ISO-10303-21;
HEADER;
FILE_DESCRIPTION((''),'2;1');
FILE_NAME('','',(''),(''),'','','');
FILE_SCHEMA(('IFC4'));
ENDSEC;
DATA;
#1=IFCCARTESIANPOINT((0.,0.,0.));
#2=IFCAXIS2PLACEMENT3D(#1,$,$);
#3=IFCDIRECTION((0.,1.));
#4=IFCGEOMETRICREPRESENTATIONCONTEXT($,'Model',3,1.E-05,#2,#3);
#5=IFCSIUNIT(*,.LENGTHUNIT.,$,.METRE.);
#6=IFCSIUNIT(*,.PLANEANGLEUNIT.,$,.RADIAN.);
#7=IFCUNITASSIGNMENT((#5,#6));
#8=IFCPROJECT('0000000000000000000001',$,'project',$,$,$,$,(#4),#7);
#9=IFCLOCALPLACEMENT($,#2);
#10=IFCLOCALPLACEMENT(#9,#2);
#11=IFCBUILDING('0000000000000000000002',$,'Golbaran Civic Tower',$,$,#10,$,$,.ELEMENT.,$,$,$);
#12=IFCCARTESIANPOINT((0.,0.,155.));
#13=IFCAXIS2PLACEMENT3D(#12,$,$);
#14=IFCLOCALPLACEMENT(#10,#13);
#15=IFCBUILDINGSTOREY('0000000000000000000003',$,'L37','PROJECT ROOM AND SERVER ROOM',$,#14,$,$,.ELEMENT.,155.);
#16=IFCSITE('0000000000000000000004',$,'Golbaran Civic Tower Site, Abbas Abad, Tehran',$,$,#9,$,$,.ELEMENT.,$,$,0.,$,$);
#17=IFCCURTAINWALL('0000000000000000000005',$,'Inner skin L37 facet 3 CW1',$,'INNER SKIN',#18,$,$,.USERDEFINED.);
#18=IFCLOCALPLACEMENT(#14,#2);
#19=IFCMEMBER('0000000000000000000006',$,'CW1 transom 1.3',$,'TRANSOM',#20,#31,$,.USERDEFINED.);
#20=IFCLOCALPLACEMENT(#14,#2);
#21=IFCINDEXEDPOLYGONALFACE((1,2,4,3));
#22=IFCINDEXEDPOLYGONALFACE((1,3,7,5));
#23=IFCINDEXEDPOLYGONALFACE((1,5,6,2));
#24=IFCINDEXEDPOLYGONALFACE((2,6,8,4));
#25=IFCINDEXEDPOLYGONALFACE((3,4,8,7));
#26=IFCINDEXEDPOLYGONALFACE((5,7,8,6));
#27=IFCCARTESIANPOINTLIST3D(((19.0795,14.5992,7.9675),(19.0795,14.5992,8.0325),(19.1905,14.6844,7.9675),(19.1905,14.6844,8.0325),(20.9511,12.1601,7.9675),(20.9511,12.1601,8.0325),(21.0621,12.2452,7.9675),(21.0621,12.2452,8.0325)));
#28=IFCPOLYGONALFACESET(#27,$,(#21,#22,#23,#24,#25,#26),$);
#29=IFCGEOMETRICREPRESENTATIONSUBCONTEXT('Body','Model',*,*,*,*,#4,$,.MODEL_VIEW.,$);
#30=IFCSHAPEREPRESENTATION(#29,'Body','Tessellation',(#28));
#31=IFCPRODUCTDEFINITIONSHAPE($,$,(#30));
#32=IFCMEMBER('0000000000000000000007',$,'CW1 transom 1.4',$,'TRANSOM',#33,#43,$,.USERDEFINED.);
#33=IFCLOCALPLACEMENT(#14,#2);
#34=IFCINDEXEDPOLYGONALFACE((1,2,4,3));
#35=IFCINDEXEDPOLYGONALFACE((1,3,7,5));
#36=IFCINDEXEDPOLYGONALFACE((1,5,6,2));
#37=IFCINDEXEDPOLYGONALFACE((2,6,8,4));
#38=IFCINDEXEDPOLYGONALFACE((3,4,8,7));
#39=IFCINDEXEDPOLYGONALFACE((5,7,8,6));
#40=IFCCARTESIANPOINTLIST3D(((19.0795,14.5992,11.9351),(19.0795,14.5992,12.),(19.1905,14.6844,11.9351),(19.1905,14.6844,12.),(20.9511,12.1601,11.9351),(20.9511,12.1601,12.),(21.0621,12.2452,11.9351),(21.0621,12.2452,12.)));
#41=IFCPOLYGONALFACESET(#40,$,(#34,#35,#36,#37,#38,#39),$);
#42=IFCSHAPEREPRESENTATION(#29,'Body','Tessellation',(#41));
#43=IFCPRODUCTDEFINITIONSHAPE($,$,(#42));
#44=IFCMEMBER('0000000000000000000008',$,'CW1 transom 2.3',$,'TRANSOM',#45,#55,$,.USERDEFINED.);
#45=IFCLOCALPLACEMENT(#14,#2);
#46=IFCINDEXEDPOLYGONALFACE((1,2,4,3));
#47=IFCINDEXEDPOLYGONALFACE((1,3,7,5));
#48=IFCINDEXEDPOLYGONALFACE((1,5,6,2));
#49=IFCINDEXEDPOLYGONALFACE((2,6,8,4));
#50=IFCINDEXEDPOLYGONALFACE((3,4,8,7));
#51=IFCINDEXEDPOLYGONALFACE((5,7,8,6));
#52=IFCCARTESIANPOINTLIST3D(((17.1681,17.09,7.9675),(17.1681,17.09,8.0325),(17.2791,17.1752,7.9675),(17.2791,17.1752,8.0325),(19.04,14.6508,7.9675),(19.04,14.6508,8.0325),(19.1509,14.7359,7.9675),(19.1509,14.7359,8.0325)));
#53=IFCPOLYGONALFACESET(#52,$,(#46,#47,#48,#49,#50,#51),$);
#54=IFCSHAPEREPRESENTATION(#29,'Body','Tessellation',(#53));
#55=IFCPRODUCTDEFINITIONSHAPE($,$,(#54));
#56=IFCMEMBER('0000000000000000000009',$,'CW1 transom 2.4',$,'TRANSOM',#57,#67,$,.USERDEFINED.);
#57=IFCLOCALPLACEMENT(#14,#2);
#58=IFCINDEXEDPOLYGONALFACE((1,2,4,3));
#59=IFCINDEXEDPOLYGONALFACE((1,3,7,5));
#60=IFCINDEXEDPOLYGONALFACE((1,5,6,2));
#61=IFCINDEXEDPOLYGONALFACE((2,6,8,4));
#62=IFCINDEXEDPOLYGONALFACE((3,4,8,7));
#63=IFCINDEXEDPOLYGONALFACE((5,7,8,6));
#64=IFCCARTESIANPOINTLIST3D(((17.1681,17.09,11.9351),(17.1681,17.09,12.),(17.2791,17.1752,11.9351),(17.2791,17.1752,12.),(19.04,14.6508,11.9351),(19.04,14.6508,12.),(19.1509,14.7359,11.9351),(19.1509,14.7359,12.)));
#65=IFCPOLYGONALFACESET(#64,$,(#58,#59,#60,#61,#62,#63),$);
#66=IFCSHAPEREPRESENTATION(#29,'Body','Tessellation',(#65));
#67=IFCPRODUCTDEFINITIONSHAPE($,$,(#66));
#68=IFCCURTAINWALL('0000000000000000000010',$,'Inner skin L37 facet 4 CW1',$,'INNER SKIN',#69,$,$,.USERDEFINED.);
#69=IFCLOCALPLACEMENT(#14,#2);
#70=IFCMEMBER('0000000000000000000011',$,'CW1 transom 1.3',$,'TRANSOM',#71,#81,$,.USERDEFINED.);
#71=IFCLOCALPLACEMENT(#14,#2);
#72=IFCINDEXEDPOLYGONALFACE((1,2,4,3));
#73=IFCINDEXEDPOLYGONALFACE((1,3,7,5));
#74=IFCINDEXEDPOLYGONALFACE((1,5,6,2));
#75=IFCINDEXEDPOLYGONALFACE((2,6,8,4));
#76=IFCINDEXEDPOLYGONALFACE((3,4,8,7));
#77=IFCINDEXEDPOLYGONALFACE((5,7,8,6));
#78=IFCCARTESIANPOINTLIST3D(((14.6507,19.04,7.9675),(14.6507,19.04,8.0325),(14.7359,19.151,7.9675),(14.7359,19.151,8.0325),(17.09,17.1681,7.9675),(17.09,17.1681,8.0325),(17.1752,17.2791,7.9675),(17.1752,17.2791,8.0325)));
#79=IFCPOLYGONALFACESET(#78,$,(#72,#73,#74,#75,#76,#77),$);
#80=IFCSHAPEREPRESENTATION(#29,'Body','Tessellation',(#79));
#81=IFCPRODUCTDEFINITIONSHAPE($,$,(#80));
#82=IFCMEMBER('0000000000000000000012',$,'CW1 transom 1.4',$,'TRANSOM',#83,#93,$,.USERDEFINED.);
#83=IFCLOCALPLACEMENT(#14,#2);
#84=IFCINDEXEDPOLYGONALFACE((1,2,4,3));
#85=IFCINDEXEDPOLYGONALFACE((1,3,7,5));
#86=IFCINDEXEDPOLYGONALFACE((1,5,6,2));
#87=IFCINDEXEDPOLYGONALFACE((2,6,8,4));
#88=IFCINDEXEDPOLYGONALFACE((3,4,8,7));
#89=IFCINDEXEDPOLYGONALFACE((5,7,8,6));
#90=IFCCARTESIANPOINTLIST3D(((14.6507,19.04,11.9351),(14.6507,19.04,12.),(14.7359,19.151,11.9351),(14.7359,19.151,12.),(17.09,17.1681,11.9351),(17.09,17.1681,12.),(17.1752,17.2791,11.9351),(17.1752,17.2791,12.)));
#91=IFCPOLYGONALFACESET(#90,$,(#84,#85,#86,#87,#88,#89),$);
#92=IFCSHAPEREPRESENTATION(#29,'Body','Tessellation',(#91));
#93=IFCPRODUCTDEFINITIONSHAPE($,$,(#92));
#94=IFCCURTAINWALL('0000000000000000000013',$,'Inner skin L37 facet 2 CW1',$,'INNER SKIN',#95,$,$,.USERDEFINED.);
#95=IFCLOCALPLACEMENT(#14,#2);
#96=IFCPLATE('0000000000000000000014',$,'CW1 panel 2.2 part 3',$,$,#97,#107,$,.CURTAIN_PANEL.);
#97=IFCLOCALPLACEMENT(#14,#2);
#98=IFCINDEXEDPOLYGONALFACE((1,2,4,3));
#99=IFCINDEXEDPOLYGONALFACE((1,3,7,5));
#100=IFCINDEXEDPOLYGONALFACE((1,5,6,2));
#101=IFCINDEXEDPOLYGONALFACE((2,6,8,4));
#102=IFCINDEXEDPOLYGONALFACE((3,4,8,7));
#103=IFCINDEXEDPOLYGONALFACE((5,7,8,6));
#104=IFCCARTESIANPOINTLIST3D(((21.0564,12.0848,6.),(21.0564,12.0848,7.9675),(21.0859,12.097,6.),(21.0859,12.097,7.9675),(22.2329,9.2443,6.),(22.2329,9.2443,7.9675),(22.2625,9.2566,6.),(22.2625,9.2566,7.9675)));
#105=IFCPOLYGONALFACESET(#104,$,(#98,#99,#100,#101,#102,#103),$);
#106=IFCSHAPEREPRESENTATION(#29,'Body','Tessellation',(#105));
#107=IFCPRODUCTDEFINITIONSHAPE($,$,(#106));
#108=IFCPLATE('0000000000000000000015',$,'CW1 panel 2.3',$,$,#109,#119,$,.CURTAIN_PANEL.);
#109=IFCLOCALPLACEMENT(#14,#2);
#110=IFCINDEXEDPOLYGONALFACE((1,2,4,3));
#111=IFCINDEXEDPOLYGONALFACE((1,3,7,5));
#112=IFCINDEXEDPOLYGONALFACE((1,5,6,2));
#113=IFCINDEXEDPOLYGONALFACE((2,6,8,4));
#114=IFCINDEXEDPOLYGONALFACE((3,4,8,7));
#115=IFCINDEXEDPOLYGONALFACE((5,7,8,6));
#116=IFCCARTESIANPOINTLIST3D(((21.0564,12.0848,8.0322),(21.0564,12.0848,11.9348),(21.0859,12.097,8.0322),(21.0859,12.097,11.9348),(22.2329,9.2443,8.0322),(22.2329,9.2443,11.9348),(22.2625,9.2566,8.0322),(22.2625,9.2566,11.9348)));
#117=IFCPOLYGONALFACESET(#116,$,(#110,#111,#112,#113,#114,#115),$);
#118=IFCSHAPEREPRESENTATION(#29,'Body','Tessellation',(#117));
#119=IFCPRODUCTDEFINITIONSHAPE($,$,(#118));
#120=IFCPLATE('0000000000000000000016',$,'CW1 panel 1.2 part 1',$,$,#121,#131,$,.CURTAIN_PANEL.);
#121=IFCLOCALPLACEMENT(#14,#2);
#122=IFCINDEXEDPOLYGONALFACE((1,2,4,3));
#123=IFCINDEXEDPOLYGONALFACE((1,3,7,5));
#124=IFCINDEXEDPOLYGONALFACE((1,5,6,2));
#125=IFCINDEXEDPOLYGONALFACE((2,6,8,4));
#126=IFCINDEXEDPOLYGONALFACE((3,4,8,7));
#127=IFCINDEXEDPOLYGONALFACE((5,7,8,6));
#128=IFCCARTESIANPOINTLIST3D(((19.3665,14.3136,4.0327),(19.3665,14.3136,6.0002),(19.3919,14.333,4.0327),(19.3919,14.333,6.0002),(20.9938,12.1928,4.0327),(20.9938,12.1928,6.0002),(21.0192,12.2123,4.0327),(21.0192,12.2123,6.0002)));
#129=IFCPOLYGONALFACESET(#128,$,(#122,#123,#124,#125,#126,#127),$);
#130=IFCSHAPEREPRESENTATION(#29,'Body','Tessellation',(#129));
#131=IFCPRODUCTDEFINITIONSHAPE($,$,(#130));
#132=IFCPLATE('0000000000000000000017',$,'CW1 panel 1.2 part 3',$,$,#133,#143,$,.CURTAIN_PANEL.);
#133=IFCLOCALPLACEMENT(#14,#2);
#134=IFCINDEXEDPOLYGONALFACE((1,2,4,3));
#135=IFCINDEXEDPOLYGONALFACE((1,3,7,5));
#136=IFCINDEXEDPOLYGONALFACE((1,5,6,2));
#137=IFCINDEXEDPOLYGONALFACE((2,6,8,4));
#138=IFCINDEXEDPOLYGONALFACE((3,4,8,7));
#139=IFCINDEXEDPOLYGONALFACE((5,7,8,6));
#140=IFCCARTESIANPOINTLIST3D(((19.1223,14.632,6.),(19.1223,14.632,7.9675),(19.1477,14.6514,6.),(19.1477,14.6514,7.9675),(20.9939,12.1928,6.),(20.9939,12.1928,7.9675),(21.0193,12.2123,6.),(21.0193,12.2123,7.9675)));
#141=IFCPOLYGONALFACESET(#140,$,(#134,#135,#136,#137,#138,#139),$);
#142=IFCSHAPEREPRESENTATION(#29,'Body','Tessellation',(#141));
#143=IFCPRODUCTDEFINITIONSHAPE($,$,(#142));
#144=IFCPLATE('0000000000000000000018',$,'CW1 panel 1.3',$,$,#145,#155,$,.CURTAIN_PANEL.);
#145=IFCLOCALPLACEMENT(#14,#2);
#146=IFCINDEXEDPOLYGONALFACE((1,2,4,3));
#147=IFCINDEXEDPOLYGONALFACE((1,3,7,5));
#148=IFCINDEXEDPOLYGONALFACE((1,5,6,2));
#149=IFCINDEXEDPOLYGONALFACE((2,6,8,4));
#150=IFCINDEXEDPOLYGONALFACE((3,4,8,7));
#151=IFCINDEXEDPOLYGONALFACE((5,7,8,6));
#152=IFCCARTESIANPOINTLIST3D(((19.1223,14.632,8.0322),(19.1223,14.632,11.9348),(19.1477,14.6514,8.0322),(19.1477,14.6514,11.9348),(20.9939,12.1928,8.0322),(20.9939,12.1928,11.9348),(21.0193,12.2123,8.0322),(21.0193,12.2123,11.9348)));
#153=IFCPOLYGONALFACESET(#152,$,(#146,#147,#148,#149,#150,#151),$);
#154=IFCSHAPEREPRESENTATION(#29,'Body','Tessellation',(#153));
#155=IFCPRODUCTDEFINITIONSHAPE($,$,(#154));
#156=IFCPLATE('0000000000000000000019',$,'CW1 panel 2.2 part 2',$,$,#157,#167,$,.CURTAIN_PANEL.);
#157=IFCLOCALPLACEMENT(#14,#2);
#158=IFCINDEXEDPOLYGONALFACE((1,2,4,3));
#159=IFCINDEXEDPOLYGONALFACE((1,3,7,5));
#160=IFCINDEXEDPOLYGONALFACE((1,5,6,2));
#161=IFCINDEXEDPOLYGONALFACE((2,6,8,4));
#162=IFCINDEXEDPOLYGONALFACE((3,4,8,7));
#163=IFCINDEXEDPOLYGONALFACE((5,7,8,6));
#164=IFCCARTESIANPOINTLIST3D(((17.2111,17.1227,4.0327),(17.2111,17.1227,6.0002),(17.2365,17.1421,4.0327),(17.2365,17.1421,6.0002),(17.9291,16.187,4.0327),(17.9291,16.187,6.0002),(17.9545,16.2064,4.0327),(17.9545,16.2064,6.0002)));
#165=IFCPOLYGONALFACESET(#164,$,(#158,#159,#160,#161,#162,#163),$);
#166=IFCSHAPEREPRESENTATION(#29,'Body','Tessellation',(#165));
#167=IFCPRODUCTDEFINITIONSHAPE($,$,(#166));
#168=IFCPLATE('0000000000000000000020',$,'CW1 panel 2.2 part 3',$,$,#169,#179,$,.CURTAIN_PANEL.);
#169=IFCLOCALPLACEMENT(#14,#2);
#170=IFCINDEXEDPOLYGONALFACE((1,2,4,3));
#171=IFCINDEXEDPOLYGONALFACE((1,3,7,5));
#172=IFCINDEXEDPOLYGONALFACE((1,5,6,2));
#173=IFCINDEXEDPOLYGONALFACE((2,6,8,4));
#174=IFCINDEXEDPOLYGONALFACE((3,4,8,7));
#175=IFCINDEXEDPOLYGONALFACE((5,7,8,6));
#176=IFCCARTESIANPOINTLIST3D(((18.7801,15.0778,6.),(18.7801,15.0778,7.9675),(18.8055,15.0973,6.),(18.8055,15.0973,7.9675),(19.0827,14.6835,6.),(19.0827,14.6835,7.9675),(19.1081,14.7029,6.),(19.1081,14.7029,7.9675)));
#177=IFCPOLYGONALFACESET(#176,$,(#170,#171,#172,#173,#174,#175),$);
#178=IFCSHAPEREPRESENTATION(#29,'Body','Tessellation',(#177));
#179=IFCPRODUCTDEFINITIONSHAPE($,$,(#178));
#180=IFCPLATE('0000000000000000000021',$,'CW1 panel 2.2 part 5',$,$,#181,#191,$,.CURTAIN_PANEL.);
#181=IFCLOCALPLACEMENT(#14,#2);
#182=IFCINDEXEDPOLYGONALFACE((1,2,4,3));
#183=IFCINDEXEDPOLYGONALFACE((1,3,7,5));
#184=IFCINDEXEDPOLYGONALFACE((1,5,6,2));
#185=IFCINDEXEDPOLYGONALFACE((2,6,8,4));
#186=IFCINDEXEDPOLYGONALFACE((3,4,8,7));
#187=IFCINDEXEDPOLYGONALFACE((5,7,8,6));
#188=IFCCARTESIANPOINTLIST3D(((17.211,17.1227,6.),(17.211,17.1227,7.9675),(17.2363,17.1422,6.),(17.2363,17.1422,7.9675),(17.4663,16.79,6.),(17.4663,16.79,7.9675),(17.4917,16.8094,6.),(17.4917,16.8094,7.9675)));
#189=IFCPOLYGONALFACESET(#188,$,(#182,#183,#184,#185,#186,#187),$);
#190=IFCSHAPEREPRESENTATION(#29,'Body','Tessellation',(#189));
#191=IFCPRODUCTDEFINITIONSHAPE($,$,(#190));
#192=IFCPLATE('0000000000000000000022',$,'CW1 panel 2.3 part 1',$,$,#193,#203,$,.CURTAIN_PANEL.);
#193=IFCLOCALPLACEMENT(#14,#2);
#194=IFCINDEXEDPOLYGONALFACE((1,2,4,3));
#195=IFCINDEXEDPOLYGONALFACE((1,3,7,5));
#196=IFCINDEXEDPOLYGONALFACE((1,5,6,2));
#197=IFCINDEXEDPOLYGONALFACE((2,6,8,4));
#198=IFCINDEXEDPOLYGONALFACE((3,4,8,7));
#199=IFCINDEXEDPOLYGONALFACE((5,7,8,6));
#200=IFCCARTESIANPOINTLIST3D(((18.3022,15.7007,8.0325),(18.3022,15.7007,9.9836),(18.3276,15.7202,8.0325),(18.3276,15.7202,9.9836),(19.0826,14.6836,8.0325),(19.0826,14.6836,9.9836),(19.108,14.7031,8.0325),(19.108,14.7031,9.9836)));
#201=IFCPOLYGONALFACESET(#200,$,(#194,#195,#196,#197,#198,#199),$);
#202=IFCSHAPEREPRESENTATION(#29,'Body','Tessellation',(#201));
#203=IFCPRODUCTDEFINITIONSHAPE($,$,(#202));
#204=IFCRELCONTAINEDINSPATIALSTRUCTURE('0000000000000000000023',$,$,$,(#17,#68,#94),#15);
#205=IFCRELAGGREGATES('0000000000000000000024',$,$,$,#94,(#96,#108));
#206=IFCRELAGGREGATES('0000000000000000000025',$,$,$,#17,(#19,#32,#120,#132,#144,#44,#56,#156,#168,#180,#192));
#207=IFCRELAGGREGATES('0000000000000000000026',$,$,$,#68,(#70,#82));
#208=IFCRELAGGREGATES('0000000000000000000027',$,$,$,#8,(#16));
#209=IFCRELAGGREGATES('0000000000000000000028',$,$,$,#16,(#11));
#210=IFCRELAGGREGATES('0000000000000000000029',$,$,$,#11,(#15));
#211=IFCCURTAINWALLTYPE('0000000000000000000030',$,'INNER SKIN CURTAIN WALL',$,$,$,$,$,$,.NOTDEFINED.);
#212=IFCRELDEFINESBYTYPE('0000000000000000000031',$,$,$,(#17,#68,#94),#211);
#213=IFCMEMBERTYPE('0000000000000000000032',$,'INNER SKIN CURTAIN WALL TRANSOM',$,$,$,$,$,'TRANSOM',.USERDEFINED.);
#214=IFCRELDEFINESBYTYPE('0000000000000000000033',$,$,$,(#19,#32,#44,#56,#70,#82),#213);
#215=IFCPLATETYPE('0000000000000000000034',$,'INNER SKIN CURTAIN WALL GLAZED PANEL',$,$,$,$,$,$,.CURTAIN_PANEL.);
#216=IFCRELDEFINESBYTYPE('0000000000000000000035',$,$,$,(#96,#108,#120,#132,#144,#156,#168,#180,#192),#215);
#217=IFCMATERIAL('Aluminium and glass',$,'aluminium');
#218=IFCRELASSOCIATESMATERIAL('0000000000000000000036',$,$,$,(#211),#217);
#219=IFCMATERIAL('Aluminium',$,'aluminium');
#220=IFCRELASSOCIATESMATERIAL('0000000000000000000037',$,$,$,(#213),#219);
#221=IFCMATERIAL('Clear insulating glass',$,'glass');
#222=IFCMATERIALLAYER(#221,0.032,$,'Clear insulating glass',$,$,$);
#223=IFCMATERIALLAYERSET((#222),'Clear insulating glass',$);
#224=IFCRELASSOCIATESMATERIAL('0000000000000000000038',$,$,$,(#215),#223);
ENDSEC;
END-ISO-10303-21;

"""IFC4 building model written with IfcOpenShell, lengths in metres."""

from ifc_helpers import new_model, si_unit, direction, frame, origin, origin_2d, place, context, subcontext, project, spatial, rectangle, extrude, material, layer, layer_set, material_profile, profile_set, type_object, element, aggregate, save


model = new_model("IFC4")

# Units and contexts
model_context = context("Model", 3, precision=1e-05, world=origin(), true_north=direction((0.0, 1.0)))
body_context = subcontext(model_context, "Body", "Model", "MODEL_VIEW")
ifc_project = project(units=[si_unit("LENGTHUNIT", "METRE"), si_unit("PLANEANGLEUNIT", "RADIAN")], contexts=[model_context])

# Site, building, storey
site_placement = place(None, origin())
site = spatial("IfcSite", under=ifc_project, at=site_placement, Name="Golbaran Civic Tower Site, Abbas Abad, Tehran", CompositionType="ELEMENT", RefElevation=0.0)
building_placement = place(site_placement, origin())
building = spatial("IfcBuilding", under=site, at=building_placement, Name="Golbaran Civic Tower", CompositionType="ELEMENT")
storey_placement = place(building_placement, frame((0.0, 0.0, 155.0)))
storey = spatial("IfcBuildingStorey", under=building, at=storey_placement, Name="L37", Description="PROJECT ROOM AND SERVER ROOM", CompositionType="ELEMENT", Elevation=155.0)

# Curtain walls, members
ifc_material_1 = material(Name="Aluminium and glass", Category="aluminium")
curtain_wall_type = type_object("IfcCurtainWallType", Name="INNER SKIN CURTAIN WALL", PredefinedType="NOTDEFINED", material=ifc_material_1)
curtain_wall_1_placement = place(storey_placement, origin())
curtain_wall_1 = element("IfcCurtainWall", 1, at=curtain_wall_1_placement, inside=storey, type_object=curtain_wall_type, Name="Inner skin L37 facet 3 CW1", ObjectType="INNER SKIN", PredefinedType="USERDEFINED")
ifc_material_2 = material(Name="Aluminium", Category="aluminium")
ifc_material_profile = material_profile(ifc_material_2, rectangle(XDim=0.1399, YDim=0.0649, at=origin_2d()), Name="INNER SKIN CURTAIN WALL TRANSOM")
ifc_profile_set = profile_set([ifc_material_profile], Name="Aluminium")
member_type = type_object("IfcMemberType", Name="INNER SKIN CURTAIN WALL TRANSOM", ElementType="TRANSOM", PredefinedType="USERDEFINED", material=ifc_profile_set)
member_1_placement = place(storey_placement, frame((21.0066, 12.2026, 8.0), z_axis=(-0.608743, 0.793367, 0.0), x_axis=(-0.793367, -0.608743, 0.0)))
member_1 = element("IfcMember", 2, at=member_1_placement, type_object=member_type, Name="CW1 transom 1.3", ObjectType="TRANSOM", PredefinedType="USERDEFINED", context=body_context, shape_type="SweptSolid", body=[
    extrude(rectangle(XDim=0.1399, YDim=0.0649, at=origin_2d()), origin(), (0.0, 0.0, 1.0), 3.0745),
])
member_2_placement = place(storey_placement, frame((21.0066, 12.2026, 11.9675), z_axis=(-0.608743, 0.793367, 0.0), x_axis=(-0.793367, -0.608743, 0.0)))
member_2 = element("IfcMember", 3, at=member_2_placement, type_object=member_type, Name="CW1 transom 1.4", ObjectType="TRANSOM", PredefinedType="USERDEFINED", context=body_context, shape_type="SweptSolid", body=[
    extrude(rectangle(XDim=0.1399, YDim=0.0649, at=origin_2d()), origin(), (0.0, 0.0, 1.0), 3.0745),
])
member_3_placement = place(storey_placement, frame((19.0955, 14.6934, 8.0), z_axis=(-0.608793, 0.793329, 0.0), x_axis=(-0.793329, -0.608793, 0.0)))
member_3 = element("IfcMember", 4, at=member_3_placement, type_object=member_type, Name="CW1 transom 2.3", ObjectType="TRANSOM", PredefinedType="USERDEFINED", context=body_context, shape_type="SweptSolid", body=[
    extrude(rectangle(XDim=0.1399, YDim=0.0649, at=origin_2d()), origin(), (0.0, 0.0, 1.0), 3.0747),
])
member_4_placement = place(storey_placement, frame((19.0955, 14.6934, 11.9675), z_axis=(-0.608793, 0.793329, 0.0), x_axis=(-0.793329, -0.608793, 0.0)))
member_4 = element("IfcMember", 5, at=member_4_placement, type_object=member_type, Name="CW1 transom 2.4", ObjectType="TRANSOM", PredefinedType="USERDEFINED", context=body_context, shape_type="SweptSolid", body=[
    extrude(rectangle(XDim=0.1399, YDim=0.0649, at=origin_2d()), origin(), (0.0, 0.0, 1.0), 3.0747),
])
curtain_wall_2_placement = place(storey_placement, origin())
curtain_wall_2 = element("IfcCurtainWall", 6, at=curtain_wall_2_placement, inside=storey, type_object=curtain_wall_type, Name="Inner skin L37 facet 4 CW1", ObjectType="INNER SKIN", PredefinedType="USERDEFINED")
member_5_placement = place(storey_placement, frame((17.1326, 17.2236, 8.0), z_axis=(-0.793329, 0.608793, 0.0), x_axis=(-0.608793, -0.793329, 0.0)))
member_5 = element("IfcMember", 7, at=member_5_placement, type_object=member_type, Name="CW1 transom 1.3", ObjectType="TRANSOM", PredefinedType="USERDEFINED", context=body_context, shape_type="SweptSolid", body=[
    extrude(rectangle(XDim=0.1399, YDim=0.0649, at=origin_2d()), origin(), (0.0, 0.0, 1.0), 3.0747),
])
member_6_placement = place(storey_placement, frame((17.1326, 17.2236, 11.9675), z_axis=(-0.793329, 0.608793, 0.0), x_axis=(-0.608793, -0.793329, 0.0)))
member_6 = element("IfcMember", 8, at=member_6_placement, type_object=member_type, Name="CW1 transom 1.4", ObjectType="TRANSOM", PredefinedType="USERDEFINED", context=body_context, shape_type="SweptSolid", body=[
    extrude(rectangle(XDim=0.1399, YDim=0.0649, at=origin_2d()), origin(), (0.0, 0.0, 1.0), 3.0747),
])

# Curtain wall, plates
curtain_wall_3_placement = place(storey_placement, origin())
curtain_wall_3 = element("IfcCurtainWall", 9, at=curtain_wall_3_placement, inside=storey, type_object=curtain_wall_type, Name="Inner skin L37 facet 2 CW1", ObjectType="INNER SKIN", PredefinedType="USERDEFINED")
ifc_material_3 = material(Name="Clear insulating glass", Category="glass")
ifc_layer_1 = layer(ifc_material_3, 0.032, Name="Clear insulating glass")
ifc_layer_set_1 = layer_set([ifc_layer_1], Name="Clear insulating glass")
plate_type_1 = type_object("IfcPlateType", Name="INNER SKIN CURTAIN WALL GLAZED PANEL", PredefinedType="CURTAIN_PANEL", material=ifc_layer_set_1)
plate_1_placement = place(storey_placement, frame((21.6594, 10.6707, 6.0), z_axis=(0.0, 0.0, 1.0), x_axis=(-0.382683, 0.92388, 0.0)))
plate_1 = element("IfcPlate", 10, at=plate_1_placement, type_object=plate_type_1, Name="CW1 panel 2.2 part 3", PredefinedType="CURTAIN_PANEL", context=body_context, shape_type="SweptSolid", body=[
    extrude(rectangle(XDim=3.0745, YDim=0.032, at=origin_2d()), origin(), (0.0, 0.0, 1.0), 1.9675),
])
plate_2_placement = place(storey_placement, frame((21.6594, 10.6707, 8.0322), z_axis=(0.0, 0.0, 1.0), x_axis=(-0.382683, 0.92388, 0.0)))
plate_2 = element("IfcPlate", 11, at=plate_2_placement, type_object=plate_type_1, Name="CW1 panel 2.3", PredefinedType="CURTAIN_PANEL", context=body_context, shape_type="SweptSolid", body=[
    extrude(rectangle(XDim=3.0745, YDim=0.032, at=origin_2d()), origin(), (0.0, 0.0, 1.0), 3.9026),
])
aggregate(curtain_wall_3, [plate_1, plate_2])

# Plates
plate_3_placement = place(storey_placement, frame((20.1929, 13.2629, 4.0327), z_axis=(0.0, 0.0, 1.0), x_axis=(-0.608761, 0.793353, 0.0)))
plate_3 = element("IfcPlate", 12, at=plate_3_placement, type_object=plate_type_1, Name="CW1 panel 1.2 part 1", PredefinedType="CURTAIN_PANEL", context=body_context, shape_type="SweptSolid", body=[
    extrude(rectangle(XDim=2.6731, YDim=0.032, at=origin_2d()), origin(), (0.0, 0.0, 1.0), 1.9675),
])
plate_4_placement = place(storey_placement, frame((20.0708, 13.4221, 6.0), z_axis=(0.0, 0.0, 1.0), x_axis=(-0.608761, 0.793353, 0.0)))
plate_4 = element("IfcPlate", 13, at=plate_4_placement, type_object=plate_type_1, Name="CW1 panel 1.2 part 3", PredefinedType="CURTAIN_PANEL", context=body_context, shape_type="SweptSolid", body=[
    extrude(rectangle(XDim=3.0745, YDim=0.032, at=origin_2d()), origin(), (0.0, 0.0, 1.0), 1.9675),
])
plate_5_placement = place(storey_placement, frame((20.0708, 13.4221, 8.0322), z_axis=(0.0, 0.0, 1.0), x_axis=(-0.608761, 0.793353, 0.0)))
plate_5 = element("IfcPlate", 14, at=plate_5_placement, type_object=plate_type_1, Name="CW1 panel 1.3", PredefinedType="CURTAIN_PANEL", context=body_context, shape_type="SweptSolid", body=[
    extrude(rectangle(XDim=3.0745, YDim=0.032, at=origin_2d()), origin(), (0.0, 0.0, 1.0), 3.9026),
])
plate_6_placement = place(storey_placement, frame((17.5828, 16.6646, 4.0327), z_axis=(0.0, 0.0, 1.0), x_axis=(-0.608761, 0.793353, 0.0)))
plate_6 = element("IfcPlate", 15, at=plate_6_placement, type_object=plate_type_1, Name="CW1 panel 2.2 part 2", PredefinedType="CURTAIN_PANEL", context=body_context, shape_type="SweptSolid", body=[
    extrude(rectangle(XDim=1.1794, YDim=0.032, at=origin_2d()), origin(), (0.0, 0.0, 1.0), 1.9675),
])
plate_7_placement = place(storey_placement, frame((18.9441, 14.8904, 6.0), z_axis=(0.0, 0.0, 1.0), x_axis=(-0.608761, 0.793353, 0.0)))
plate_7 = element("IfcPlate", 16, at=plate_7_placement, type_object=plate_type_1, Name="CW1 panel 2.2 part 3", PredefinedType="CURTAIN_PANEL", context=body_context, shape_type="SweptSolid", body=[
    extrude(rectangle(XDim=0.4971, YDim=0.032, at=origin_2d()), origin(), (0.0, 0.0, 1.0), 1.9675),
])
plate_8_placement = place(storey_placement, frame((17.3513, 16.9661, 6.0), z_axis=(0.0, 0.0, 1.0), x_axis=(-0.608761, 0.793353, 0.0)))
plate_8 = element("IfcPlate", 17, at=plate_8_placement, type_object=plate_type_1, Name="CW1 panel 2.2 part 5", PredefinedType="CURTAIN_PANEL", context=body_context, shape_type="SweptSolid", body=[
    extrude(rectangle(XDim=0.4194, YDim=0.032, at=origin_2d()), origin(), (0.0, 0.0, 1.0), 1.9675),
])
plate_9_placement = place(storey_placement, frame((18.7051, 15.2019, 8.0325), z_axis=(0.0, 0.0, 1.0), x_axis=(-0.608761, 0.793353, 0.0)))
plate_9 = element("IfcPlate", 18, at=plate_9_placement, type_object=plate_type_1, Name="CW1 panel 2.3 part 1", PredefinedType="CURTAIN_PANEL", context=body_context, shape_type="SweptSolid", body=[
    extrude(rectangle(XDim=1.282, YDim=0.032, at=origin_2d()), origin(), (0.0, 0.0, 1.0), 1.9512),
])
aggregate(curtain_wall_1, [member_1, member_2, plate_3, plate_4, plate_5, member_3, member_4, plate_6, plate_7, plate_8, plate_9])
aggregate(curtain_wall_2, [member_5, member_6])

save(model, "model.ifc")
